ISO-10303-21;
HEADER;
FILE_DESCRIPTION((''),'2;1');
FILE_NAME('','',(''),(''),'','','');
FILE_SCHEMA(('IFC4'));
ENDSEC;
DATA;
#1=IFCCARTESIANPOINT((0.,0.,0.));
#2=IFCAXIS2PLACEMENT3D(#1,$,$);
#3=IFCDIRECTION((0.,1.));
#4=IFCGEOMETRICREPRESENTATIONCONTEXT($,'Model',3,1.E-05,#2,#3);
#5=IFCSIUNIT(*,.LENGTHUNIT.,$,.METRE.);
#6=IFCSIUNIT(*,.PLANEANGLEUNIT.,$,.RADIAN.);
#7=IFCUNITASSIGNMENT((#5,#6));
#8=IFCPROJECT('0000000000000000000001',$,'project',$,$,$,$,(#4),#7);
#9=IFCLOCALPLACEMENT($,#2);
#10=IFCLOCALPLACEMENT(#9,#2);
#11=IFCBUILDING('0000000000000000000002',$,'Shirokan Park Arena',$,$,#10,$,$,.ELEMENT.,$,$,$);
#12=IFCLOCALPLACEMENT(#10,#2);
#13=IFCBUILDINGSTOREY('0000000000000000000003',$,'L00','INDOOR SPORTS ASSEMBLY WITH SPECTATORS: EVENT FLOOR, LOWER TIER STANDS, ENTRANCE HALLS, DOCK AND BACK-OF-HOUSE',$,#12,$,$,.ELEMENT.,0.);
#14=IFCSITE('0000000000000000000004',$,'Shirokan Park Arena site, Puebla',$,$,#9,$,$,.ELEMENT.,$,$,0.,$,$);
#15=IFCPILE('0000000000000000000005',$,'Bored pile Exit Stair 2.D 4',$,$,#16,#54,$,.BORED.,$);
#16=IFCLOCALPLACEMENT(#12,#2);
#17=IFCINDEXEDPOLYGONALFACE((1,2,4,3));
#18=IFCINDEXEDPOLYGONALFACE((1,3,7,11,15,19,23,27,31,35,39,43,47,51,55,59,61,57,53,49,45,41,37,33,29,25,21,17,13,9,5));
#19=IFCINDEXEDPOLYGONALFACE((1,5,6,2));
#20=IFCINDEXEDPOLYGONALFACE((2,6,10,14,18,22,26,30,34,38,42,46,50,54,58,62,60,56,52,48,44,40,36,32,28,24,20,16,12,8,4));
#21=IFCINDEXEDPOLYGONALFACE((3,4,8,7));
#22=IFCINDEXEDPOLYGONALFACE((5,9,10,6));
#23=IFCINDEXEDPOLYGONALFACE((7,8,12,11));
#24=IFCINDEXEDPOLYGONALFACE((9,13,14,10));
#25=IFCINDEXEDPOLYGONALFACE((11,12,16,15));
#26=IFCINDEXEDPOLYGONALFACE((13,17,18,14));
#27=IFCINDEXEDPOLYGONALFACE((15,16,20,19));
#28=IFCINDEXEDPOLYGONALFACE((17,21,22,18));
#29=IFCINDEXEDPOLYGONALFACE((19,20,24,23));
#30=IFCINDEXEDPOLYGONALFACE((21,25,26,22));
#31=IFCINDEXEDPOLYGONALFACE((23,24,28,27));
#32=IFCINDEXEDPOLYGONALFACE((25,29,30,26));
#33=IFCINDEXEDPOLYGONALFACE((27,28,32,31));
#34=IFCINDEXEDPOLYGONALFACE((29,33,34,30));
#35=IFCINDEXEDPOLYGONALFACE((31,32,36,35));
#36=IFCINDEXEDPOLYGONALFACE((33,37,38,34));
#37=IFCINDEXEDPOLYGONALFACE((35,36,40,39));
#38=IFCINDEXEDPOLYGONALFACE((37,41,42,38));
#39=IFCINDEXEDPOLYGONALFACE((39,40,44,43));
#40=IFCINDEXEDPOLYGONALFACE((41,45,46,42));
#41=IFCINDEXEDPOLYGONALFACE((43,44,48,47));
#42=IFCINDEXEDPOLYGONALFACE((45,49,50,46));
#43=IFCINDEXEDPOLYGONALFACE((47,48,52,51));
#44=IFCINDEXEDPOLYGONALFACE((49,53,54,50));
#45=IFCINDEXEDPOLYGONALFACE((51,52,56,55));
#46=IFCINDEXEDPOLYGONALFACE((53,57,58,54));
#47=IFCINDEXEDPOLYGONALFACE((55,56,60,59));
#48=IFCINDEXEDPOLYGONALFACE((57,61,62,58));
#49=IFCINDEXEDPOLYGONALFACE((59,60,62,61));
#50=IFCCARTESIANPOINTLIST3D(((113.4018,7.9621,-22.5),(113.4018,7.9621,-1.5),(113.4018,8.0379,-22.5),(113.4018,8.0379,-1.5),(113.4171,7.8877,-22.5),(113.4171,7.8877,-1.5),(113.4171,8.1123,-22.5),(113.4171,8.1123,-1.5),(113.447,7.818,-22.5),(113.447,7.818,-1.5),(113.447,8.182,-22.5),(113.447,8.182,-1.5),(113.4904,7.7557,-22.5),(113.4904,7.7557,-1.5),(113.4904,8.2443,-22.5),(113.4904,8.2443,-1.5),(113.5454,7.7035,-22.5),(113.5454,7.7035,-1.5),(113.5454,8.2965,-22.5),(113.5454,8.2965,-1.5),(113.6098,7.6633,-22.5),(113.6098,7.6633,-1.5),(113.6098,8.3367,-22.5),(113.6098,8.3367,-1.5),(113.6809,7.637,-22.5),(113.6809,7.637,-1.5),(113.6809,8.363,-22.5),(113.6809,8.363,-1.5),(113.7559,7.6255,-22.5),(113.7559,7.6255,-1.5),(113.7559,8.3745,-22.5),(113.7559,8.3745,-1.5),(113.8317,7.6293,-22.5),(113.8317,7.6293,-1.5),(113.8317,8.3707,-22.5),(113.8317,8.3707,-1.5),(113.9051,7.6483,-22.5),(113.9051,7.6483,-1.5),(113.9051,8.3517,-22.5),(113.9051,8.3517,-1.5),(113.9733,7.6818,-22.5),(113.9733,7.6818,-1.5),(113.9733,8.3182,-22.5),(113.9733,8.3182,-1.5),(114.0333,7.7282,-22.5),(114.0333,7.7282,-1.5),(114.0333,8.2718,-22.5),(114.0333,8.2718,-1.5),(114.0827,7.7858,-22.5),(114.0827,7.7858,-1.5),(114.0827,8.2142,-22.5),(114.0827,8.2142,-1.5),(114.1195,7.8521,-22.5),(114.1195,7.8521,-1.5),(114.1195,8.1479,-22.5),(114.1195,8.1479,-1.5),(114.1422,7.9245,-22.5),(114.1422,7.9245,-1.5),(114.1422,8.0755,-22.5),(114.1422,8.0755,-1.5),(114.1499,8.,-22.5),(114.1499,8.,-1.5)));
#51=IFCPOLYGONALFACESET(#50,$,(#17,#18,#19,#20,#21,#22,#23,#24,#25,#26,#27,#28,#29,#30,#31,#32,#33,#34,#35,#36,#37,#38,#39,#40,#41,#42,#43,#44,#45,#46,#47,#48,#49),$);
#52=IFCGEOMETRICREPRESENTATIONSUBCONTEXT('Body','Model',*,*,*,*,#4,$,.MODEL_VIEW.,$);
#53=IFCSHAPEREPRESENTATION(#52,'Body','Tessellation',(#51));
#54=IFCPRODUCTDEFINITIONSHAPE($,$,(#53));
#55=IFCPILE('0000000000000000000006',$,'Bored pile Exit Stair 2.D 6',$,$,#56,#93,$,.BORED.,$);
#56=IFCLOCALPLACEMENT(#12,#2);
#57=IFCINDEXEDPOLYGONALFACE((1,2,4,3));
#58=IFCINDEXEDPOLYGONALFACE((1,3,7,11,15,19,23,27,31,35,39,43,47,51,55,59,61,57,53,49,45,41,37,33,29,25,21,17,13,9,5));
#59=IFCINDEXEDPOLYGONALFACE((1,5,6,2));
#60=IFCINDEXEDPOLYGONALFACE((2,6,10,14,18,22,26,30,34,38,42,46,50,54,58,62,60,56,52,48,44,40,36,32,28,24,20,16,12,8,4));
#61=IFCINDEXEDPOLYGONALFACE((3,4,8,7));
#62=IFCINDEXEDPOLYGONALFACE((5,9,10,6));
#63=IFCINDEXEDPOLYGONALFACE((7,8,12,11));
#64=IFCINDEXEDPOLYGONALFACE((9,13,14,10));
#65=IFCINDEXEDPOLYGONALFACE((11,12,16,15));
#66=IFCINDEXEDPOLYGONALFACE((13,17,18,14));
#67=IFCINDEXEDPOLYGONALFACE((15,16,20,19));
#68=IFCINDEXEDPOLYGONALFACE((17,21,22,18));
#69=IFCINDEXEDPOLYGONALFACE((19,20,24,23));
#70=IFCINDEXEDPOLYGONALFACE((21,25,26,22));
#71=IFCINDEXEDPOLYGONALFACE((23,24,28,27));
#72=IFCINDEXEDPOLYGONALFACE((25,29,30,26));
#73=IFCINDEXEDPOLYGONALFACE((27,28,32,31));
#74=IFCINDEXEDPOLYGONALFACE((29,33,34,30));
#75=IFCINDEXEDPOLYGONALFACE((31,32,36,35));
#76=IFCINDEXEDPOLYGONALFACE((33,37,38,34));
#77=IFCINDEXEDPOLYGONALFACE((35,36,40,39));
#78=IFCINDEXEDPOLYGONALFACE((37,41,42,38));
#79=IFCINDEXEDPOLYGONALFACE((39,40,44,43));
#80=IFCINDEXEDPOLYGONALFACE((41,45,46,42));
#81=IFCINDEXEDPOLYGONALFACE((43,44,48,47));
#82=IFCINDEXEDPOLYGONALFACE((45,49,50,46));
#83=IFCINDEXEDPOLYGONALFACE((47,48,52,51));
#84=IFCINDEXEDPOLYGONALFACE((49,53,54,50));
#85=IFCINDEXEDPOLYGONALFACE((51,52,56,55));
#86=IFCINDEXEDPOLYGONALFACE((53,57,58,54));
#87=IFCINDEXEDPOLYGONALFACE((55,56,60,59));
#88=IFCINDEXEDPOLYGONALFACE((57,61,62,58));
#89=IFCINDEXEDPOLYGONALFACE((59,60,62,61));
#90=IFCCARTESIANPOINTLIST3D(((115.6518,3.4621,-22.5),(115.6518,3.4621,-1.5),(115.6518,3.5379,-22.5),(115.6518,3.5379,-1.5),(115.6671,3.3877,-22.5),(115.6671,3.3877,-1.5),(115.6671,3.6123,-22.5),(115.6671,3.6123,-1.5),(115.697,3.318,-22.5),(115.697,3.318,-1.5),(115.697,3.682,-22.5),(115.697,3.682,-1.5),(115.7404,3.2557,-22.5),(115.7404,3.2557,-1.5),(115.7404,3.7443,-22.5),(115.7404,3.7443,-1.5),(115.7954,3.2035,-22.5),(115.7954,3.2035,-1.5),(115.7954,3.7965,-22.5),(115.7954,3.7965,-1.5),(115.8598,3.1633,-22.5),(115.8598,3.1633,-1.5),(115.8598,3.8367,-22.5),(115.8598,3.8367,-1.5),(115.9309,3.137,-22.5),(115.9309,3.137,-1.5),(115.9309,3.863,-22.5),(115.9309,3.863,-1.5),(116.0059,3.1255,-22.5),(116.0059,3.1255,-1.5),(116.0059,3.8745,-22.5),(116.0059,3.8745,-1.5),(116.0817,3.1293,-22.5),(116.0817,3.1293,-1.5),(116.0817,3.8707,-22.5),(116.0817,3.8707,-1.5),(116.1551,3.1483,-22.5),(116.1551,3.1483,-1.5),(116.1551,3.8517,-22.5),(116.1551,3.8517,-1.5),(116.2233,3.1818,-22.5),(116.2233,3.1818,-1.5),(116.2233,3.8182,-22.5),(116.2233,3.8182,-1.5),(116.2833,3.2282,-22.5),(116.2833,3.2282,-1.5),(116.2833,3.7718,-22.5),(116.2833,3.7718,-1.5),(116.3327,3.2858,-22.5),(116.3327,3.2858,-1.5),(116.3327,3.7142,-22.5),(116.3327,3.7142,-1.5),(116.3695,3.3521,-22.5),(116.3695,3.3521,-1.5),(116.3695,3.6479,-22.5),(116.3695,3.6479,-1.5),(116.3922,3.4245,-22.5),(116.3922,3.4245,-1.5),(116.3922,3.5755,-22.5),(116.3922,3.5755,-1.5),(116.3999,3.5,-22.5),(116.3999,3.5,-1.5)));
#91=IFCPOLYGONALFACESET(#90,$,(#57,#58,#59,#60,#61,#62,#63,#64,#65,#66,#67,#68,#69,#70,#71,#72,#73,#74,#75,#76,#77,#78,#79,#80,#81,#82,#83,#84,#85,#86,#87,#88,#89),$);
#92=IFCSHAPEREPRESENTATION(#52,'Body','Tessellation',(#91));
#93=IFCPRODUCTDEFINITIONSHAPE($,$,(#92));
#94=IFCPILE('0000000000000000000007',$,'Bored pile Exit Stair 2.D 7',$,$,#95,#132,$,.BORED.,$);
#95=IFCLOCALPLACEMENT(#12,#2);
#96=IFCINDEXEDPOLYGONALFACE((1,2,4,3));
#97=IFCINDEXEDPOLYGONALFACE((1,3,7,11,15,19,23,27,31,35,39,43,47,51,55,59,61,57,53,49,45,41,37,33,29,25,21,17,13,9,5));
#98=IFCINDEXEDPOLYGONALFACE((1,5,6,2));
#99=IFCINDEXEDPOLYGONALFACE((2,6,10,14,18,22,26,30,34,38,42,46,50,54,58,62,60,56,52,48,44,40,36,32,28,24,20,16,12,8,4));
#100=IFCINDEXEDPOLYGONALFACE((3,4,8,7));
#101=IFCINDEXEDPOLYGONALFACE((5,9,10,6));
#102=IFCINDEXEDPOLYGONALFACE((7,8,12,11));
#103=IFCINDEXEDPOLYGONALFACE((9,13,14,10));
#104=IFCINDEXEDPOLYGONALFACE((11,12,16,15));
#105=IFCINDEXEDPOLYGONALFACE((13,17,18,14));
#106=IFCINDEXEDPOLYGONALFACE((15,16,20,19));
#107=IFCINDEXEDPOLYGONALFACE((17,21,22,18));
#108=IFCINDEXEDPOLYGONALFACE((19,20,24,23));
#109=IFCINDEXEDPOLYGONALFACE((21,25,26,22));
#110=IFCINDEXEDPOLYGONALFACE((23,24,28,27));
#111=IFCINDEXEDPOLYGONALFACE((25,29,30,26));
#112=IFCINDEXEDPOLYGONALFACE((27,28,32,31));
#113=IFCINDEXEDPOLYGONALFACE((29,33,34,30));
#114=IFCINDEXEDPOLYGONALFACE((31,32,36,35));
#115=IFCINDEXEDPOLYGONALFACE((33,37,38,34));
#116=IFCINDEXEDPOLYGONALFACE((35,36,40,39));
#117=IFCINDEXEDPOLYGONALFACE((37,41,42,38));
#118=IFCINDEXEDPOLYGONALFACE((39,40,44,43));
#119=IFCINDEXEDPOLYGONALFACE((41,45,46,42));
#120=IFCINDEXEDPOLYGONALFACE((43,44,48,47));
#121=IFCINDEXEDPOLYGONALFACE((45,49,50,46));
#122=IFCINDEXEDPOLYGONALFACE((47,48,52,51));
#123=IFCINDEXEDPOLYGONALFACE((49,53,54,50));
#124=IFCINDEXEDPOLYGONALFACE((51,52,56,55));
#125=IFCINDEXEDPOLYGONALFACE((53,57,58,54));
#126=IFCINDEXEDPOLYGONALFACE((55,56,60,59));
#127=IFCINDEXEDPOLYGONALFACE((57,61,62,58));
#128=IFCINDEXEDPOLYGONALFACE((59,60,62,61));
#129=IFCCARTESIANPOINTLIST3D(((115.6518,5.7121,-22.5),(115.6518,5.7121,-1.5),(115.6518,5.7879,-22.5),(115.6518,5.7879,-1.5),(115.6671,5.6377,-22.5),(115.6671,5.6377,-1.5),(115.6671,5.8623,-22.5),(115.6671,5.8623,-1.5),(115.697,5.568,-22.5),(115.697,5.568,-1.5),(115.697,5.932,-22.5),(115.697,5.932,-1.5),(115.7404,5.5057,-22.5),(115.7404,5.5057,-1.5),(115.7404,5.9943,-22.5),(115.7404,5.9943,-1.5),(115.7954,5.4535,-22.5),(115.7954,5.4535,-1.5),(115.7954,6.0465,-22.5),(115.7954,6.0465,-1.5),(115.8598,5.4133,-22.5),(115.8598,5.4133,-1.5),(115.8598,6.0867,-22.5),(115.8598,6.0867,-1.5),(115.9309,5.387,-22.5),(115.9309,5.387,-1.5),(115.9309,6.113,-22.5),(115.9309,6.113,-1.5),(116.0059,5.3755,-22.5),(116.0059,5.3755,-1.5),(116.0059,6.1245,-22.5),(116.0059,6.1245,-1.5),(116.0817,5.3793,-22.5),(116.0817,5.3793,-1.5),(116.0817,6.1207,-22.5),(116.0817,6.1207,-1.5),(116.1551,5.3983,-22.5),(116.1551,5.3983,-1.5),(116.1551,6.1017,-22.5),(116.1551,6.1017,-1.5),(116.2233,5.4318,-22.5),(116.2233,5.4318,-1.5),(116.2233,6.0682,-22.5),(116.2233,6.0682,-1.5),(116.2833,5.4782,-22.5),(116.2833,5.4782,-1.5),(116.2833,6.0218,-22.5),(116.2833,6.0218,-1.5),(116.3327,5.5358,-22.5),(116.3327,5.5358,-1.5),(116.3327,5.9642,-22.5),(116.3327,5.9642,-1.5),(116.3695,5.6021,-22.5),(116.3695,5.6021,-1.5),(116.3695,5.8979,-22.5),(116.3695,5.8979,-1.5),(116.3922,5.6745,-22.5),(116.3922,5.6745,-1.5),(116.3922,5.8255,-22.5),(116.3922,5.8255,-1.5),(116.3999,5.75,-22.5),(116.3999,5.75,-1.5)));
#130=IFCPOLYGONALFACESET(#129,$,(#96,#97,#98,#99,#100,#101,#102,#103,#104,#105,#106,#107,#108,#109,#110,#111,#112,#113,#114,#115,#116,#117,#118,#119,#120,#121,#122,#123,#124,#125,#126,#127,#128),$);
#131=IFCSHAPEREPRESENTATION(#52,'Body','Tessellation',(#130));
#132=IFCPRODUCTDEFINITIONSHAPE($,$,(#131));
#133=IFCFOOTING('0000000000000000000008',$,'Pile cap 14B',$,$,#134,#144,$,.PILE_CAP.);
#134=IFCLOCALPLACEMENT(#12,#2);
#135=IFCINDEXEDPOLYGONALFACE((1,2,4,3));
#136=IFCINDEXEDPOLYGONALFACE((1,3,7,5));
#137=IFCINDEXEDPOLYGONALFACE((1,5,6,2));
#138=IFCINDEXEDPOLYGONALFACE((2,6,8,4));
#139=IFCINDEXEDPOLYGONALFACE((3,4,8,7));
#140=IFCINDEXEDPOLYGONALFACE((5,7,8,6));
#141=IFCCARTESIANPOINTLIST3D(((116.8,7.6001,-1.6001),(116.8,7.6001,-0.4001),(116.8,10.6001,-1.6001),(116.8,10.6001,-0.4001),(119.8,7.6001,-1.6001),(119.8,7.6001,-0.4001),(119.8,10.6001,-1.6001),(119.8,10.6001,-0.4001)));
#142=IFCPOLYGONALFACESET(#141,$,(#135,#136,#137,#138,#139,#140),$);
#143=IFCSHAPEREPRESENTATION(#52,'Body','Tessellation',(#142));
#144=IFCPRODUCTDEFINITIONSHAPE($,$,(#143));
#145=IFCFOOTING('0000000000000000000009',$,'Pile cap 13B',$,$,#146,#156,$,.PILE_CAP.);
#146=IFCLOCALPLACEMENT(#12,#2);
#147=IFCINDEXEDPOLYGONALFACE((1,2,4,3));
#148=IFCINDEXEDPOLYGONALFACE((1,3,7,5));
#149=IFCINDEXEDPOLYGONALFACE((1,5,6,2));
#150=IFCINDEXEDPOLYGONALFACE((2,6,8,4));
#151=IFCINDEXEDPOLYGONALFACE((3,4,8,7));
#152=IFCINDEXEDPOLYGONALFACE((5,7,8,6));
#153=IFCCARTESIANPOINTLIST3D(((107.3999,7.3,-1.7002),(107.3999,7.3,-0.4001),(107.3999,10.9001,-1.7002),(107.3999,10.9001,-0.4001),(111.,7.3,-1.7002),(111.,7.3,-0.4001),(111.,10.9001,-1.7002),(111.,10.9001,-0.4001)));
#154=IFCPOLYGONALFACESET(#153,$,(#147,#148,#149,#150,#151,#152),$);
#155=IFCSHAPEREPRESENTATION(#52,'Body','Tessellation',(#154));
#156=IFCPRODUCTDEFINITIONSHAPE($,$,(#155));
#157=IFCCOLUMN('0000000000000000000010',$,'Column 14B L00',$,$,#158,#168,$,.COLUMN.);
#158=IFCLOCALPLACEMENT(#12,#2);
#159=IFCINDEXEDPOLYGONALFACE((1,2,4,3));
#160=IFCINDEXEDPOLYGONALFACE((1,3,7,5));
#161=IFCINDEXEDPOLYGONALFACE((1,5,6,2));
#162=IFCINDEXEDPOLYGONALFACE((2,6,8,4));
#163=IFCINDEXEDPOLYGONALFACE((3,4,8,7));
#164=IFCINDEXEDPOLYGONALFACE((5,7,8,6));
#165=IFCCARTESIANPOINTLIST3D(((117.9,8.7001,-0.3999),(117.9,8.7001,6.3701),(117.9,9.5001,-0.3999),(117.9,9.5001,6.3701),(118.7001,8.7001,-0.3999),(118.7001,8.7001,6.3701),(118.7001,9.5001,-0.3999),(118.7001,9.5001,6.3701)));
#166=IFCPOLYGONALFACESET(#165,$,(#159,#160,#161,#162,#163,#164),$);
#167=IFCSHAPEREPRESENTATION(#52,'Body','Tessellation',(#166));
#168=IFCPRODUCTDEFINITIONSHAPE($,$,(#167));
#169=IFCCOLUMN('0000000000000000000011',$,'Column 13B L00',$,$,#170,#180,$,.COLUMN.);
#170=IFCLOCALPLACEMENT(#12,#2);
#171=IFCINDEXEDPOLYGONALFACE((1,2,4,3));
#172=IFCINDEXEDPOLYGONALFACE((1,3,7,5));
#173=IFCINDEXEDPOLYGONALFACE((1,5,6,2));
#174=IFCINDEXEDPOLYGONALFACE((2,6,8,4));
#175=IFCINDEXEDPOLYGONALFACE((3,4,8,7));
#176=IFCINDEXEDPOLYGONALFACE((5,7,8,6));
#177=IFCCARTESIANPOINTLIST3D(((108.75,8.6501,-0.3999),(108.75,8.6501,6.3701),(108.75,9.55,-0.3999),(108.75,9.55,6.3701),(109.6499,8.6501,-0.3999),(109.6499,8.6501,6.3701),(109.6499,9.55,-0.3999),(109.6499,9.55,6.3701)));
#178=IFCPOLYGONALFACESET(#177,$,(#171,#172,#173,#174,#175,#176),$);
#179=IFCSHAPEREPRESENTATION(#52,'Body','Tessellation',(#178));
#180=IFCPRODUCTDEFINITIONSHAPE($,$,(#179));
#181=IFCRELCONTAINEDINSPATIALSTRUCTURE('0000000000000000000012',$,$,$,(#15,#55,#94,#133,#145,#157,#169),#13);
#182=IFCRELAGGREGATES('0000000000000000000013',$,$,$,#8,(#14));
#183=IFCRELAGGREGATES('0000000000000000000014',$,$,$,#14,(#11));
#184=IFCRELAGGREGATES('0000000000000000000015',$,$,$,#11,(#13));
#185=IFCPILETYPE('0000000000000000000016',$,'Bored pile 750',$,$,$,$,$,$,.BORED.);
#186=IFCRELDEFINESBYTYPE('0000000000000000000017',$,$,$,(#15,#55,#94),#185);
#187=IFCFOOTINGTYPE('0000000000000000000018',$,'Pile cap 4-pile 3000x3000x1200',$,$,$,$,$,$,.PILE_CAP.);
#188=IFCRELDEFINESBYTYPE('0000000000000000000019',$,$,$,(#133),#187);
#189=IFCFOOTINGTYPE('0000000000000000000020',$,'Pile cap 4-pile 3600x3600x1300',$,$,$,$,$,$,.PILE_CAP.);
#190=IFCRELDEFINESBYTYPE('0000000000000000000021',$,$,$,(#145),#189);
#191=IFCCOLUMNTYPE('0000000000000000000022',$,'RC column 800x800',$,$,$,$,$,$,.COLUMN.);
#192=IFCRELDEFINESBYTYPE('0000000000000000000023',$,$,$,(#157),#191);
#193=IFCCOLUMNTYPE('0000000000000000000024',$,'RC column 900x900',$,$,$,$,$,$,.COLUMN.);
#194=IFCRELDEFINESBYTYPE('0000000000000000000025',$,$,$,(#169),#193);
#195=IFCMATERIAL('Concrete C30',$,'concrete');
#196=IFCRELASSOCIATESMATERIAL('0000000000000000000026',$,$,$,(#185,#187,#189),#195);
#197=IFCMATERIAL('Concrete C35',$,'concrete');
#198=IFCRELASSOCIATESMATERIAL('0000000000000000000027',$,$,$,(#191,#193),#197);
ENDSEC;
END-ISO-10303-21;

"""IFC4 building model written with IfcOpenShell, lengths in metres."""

from ifc_helpers import new_model, si_unit, direction, frame, origin, origin_2d, place, context, subcontext, project, spatial, rectangle, circle, extrude, material, material_profile, profile_set, type_object, element, save


model = new_model("IFC4")

# Units and contexts
model_context = context("Model", 3, precision=1e-05, world=origin(), true_north=direction((0.0, 1.0)))
body_context = subcontext(model_context, "Body", "Model", "MODEL_VIEW")
ifc_project = project(units=[si_unit("LENGTHUNIT", "METRE"), si_unit("PLANEANGLEUNIT", "RADIAN")], contexts=[model_context])

# Site, building, storey
site_placement = place(None, origin())
site = spatial("IfcSite", under=ifc_project, at=site_placement, Name="Shirokan Park Arena site, Puebla", CompositionType="ELEMENT", RefElevation=0.0)
building_placement = place(site_placement, origin())
building = spatial("IfcBuilding", under=site, at=building_placement, Name="Shirokan Park Arena", CompositionType="ELEMENT")
storey_placement = place(building_placement, origin())
storey = spatial("IfcBuildingStorey", under=building, at=storey_placement, Name="L00", Description="INDOOR SPORTS ASSEMBLY WITH SPECTATORS: EVENT FLOOR, LOWER TIER STANDS, ENTRANCE HALLS, DOCK AND BACK-OF-HOUSE", CompositionType="ELEMENT", Elevation=0.0)

# Piles
ifc_material_1 = material(Name="Concrete C30", Category="concrete")
ifc_material_profile_1 = material_profile(ifc_material_1, circle(Radius=0.375, at=origin_2d()), Name="D750")
ifc_profile_set_1 = profile_set([ifc_material_profile_1], Name="Concrete C30")
pile_type_1 = type_object("IfcPileType", Name="Bored pile 750", PredefinedType="BORED", material=ifc_profile_set_1)
for number, where, z_axis, x_axis, name in (
    (1, (113.7749, 8.0, -1.5), (0.0, 0.0, -1.0), (1.0, 0.0, 0.0), "Bored pile Exit Stair 2.D 4"),
    (2, (116.0249, 3.5, -1.5), (0.0, 0.0, -1.0), (1.0, 0.0, 0.0), "Bored pile Exit Stair 2.D 6"),
    (3, (116.0249, 5.75, -1.5), (0.0, 0.0, -1.0), (1.0, 0.0, 0.0), "Bored pile Exit Stair 2.D 7"),
):
    element("IfcPile", number, at=place(storey_placement, frame(where, z_axis=z_axis, x_axis=x_axis)), inside=storey, type_object=pile_type_1, Name=name, PredefinedType="BORED", context=body_context, shape_type="SweptSolid", body=[
        extrude(circle(Radius=0.375, at=origin_2d()), origin(), (0.0, 0.0, 1.0), 21.0),
    ])

# Footings
footing_type_1 = type_object("IfcFootingType", Name="Pile cap 4-pile 3000x3000x1200", PredefinedType="PILE_CAP", material=ifc_material_1)
footing_1_placement = place(storey_placement, frame((118.3, 9.1001, -1.6001), z_axis=(0.0, 0.0, 1.0), x_axis=(1.0, 0.0, 0.0)))
element("IfcFooting", 4, at=footing_1_placement, inside=storey, type_object=footing_type_1, Name="Pile cap 14B", PredefinedType="PILE_CAP", context=body_context, shape_type="SweptSolid", body=[
    extrude(rectangle(XDim=3.0, YDim=3.0, at=origin_2d()), origin(), (0.0, 0.0, 1.0), 1.2),
])
footing_type_2 = type_object("IfcFootingType", Name="Pile cap 4-pile 3600x3600x1300", PredefinedType="PILE_CAP", material=ifc_material_1)
footing_2_placement = place(storey_placement, frame((109.2, 9.1001, -1.7002), z_axis=(0.0, 0.0, 1.0), x_axis=(1.0, 0.0, 0.0)))
element("IfcFooting", 5, at=footing_2_placement, inside=storey, type_object=footing_type_2, Name="Pile cap 13B", PredefinedType="PILE_CAP", context=body_context, shape_type="SweptSolid", body=[
    extrude(rectangle(XDim=3.6001, YDim=3.6001, at=origin_2d()), origin(), (0.0, 0.0, 1.0), 1.3),
])

# Columns
ifc_material_2 = material(Name="Concrete C35", Category="concrete")
ifc_material_profile_2 = material_profile(ifc_material_2, rectangle(XDim=0.8, YDim=0.8, at=origin_2d()), Name="800x800")
ifc_profile_set_2 = profile_set([ifc_material_profile_2], Name="Concrete C35")
column_type_1 = type_object("IfcColumnType", Name="RC column 800x800", PredefinedType="COLUMN", material=ifc_profile_set_2)
column_1_placement = place(storey_placement, frame((118.3, 9.1001, -0.3999), z_axis=(0.0, 0.0, 1.0), x_axis=(1.0, 0.0, 0.0)))
element("IfcColumn", 6, at=column_1_placement, inside=storey, type_object=column_type_1, Name="Column 14B L00", PredefinedType="COLUMN", context=body_context, shape_type="SweptSolid", body=[
    extrude(rectangle(XDim=0.8, YDim=0.8, at=origin_2d()), origin(), (0.0, 0.0, 1.0), 6.77),
])
ifc_material_profile_3 = material_profile(ifc_material_2, rectangle(XDim=0.8999, YDim=0.8999, at=origin_2d()), Name="900x900")
ifc_profile_set_3 = profile_set([ifc_material_profile_3], Name="Concrete C35")
column_type_2 = type_object("IfcColumnType", Name="RC column 900x900", PredefinedType="COLUMN", material=ifc_profile_set_3)
column_2_placement = place(storey_placement, frame((109.2, 9.1001, -0.3999), z_axis=(0.0, 0.0, 1.0), x_axis=(1.0, 0.0, 0.0)))
element("IfcColumn", 7, at=column_2_placement, inside=storey, type_object=column_type_2, Name="Column 13B L00", PredefinedType="COLUMN", context=body_context, shape_type="SweptSolid", body=[
    extrude(rectangle(XDim=0.8999, YDim=0.8999, at=origin_2d()), origin(), (0.0, 0.0, 1.0), 6.77),
])

save(model, "model.ifc")
